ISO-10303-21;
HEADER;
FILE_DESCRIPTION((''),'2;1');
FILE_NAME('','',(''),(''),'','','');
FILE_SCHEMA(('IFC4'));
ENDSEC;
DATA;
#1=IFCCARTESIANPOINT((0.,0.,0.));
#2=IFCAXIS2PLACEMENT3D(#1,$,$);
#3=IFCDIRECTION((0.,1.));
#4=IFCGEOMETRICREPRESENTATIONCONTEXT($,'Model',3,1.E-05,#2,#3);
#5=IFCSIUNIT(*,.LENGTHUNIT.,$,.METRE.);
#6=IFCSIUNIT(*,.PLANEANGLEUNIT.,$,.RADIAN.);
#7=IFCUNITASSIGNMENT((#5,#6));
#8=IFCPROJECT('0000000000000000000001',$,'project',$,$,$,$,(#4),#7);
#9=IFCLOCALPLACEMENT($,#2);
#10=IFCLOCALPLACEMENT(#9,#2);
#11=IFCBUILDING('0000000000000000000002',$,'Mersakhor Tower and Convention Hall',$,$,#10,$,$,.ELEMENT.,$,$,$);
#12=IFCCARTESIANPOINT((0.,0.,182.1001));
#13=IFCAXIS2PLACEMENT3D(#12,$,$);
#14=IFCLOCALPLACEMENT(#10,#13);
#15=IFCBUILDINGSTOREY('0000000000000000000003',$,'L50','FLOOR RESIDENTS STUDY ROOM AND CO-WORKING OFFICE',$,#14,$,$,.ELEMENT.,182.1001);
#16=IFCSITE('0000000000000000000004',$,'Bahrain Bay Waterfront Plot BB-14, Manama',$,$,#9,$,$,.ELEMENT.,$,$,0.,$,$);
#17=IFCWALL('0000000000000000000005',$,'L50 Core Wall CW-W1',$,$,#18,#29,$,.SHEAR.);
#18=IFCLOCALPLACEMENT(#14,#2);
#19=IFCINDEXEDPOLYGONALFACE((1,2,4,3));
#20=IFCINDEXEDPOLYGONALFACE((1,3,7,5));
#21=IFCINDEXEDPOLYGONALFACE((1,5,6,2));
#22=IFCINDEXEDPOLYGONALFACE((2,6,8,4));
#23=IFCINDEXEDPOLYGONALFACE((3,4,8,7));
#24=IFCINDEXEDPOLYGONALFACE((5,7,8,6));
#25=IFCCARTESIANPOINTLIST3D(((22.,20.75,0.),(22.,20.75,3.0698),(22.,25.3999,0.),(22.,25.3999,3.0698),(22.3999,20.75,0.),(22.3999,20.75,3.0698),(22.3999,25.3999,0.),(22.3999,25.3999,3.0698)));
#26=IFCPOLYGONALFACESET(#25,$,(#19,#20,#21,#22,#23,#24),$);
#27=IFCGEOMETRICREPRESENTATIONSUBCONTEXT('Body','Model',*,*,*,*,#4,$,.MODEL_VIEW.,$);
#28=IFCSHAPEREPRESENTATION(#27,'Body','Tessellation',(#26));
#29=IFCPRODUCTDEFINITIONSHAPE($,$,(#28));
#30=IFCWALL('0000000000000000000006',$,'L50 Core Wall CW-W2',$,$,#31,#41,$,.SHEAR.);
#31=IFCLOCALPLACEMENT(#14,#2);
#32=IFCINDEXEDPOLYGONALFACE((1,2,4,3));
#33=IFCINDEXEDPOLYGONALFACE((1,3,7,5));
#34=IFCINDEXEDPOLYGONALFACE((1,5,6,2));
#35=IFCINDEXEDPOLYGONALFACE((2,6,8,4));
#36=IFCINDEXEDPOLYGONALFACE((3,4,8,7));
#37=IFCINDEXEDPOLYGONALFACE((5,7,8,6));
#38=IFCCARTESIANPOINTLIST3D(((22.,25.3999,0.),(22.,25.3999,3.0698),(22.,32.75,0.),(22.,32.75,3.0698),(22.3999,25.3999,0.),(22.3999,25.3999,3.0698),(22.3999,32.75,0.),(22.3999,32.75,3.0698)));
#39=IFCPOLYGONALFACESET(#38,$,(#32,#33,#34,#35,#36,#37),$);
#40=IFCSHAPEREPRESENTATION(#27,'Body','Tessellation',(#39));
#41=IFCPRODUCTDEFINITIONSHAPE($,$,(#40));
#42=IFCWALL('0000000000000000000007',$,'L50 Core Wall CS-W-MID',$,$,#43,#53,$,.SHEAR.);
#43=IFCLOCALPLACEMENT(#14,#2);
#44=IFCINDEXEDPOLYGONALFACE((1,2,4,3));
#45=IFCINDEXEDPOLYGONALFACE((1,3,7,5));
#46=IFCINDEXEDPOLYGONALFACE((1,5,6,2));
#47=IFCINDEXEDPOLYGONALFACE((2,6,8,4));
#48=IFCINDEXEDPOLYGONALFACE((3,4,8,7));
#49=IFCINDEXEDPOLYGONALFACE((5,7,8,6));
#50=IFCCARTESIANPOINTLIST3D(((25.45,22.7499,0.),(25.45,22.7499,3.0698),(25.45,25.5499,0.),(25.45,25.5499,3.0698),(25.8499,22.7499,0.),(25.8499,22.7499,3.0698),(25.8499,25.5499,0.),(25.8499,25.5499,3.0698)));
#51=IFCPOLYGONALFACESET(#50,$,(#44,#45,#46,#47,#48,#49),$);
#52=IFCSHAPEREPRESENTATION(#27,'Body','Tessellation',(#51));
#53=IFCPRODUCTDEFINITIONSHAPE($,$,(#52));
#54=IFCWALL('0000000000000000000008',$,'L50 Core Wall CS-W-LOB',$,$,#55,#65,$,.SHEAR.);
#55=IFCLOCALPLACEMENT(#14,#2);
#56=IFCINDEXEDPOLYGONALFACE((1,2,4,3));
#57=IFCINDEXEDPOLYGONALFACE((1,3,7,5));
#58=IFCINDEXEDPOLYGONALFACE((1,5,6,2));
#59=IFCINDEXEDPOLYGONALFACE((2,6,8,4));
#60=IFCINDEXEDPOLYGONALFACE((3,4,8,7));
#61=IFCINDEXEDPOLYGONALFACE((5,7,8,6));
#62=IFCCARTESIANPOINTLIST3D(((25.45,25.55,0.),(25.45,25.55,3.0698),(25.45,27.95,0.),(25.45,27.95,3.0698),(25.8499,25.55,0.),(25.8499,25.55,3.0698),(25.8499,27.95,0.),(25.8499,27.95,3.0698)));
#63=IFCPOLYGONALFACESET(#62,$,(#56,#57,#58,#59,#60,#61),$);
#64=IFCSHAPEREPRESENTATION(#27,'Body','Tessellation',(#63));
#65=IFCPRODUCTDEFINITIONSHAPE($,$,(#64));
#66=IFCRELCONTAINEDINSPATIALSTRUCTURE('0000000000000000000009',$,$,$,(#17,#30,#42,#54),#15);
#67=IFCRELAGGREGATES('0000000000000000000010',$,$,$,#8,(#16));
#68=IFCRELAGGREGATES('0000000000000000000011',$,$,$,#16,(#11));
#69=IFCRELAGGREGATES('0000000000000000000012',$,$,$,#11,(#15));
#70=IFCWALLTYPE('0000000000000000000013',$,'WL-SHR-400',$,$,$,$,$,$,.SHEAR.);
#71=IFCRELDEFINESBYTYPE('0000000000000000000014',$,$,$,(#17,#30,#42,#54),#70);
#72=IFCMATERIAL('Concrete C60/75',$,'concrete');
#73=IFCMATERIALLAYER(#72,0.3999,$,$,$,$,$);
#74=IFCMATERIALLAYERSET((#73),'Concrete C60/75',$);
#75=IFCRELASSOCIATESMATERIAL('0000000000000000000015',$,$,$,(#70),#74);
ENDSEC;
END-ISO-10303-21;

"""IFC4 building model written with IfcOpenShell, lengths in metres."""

from ifc_helpers import new_model, si_unit, direction, frame, frame_2d, origin, place, context, subcontext, project, spatial, rectangle, extrude, material, layer, layer_set, type_object, element, save


model = new_model("IFC4")

# Units and contexts
model_context = context("Model", 3, precision=1e-05, world=origin(), true_north=direction((0.0, 1.0)))
body_context = subcontext(model_context, "Body", "Model", "MODEL_VIEW")
ifc_project = project(units=[si_unit("LENGTHUNIT", "METRE"), si_unit("PLANEANGLEUNIT", "RADIAN")], contexts=[model_context])

# Site, building, storey
site_placement = place(None, origin())
site = spatial("IfcSite", under=ifc_project, at=site_placement, Name="Bahrain Bay Waterfront Plot BB-14, Manama", CompositionType="ELEMENT", RefElevation=0.0)
building_placement = place(site_placement, origin())
building = spatial("IfcBuilding", under=site, at=building_placement, Name="Mersakhor Tower and Convention Hall", CompositionType="ELEMENT")
storey_placement = place(building_placement, frame((0.0, 0.0, 182.1001)))
storey = spatial("IfcBuildingStorey", under=building, at=storey_placement, Name="L50", Description="FLOOR RESIDENTS STUDY ROOM AND CO-WORKING OFFICE", CompositionType="ELEMENT", Elevation=182.1001)

# Walls
ifc_material_1 = material(Name="Concrete C60/75", Category="concrete")
ifc_layer_1 = layer(ifc_material_1, 0.3999)
ifc_layer_set_1 = layer_set([ifc_layer_1], Name="Concrete C60/75")
wall_type_1 = type_object("IfcWallType", Name="WL-SHR-400", PredefinedType="SHEAR", material=ifc_layer_set_1)
wall_1_placement = place(storey_placement, frame((22.2, 20.75, 0.0), z_axis=(0.0, 0.0, 1.0), x_axis=(0.0, 1.0, 0.0)))
element("IfcWall", 1, at=wall_1_placement, inside=storey, type_object=wall_type_1, Name="L50 Core Wall CW-W1", PredefinedType="SHEAR", context=body_context, shape_type="SweptSolid", body=[
    extrude(rectangle(XDim=4.6499, YDim=0.3999, at=frame_2d((2.325, 0.0))), origin(), (0.0, 0.0, 1.0), 3.0698),
])
wall_2_placement = place(storey_placement, frame((22.2, 25.3999, 0.0), z_axis=(0.0, 0.0, 1.0), x_axis=(0.0, 1.0, 0.0)))
element("IfcWall", 2, at=wall_2_placement, inside=storey, type_object=wall_type_1, Name="L50 Core Wall CW-W2", PredefinedType="SHEAR", context=body_context, shape_type="SweptSolid", body=[
    extrude(rectangle(XDim=7.3501, YDim=0.3999, at=frame_2d((3.675, 0.0))), origin(), (0.0, 0.0, 1.0), 3.0698),
])

# Walls
wall_3_placement = place(storey_placement, frame((25.6499, 22.75, 0.0), z_axis=(0.0, 0.0, 1.0), x_axis=(0.0, 1.0, 0.0)))
element("IfcWall", 3, at=wall_3_placement, inside=storey, type_object=wall_type_1, Name="L50 Core Wall CS-W-MID", PredefinedType="SHEAR", context=body_context, shape_type="SweptSolid", body=[
    extrude(rectangle(XDim=2.8, YDim=0.3999, at=frame_2d((1.3999, 0.0))), origin(), (0.0, 0.0, 1.0), 3.0698),
])
wall_4_placement = place(storey_placement, frame((25.6499, 25.55, 0.0), z_axis=(0.0, 0.0, 1.0), x_axis=(0.0, 1.0, 0.0)))
element("IfcWall", 4, at=wall_4_placement, inside=storey, type_object=wall_type_1, Name="L50 Core Wall CS-W-LOB", PredefinedType="SHEAR", context=body_context, shape_type="SweptSolid", body=[
    extrude(rectangle(XDim=2.3999, YDim=0.3999, at=frame_2d((1.2, 0.0))), origin(), (0.0, 0.0, 1.0), 3.0698),
])

save(model, "model.ifc")
